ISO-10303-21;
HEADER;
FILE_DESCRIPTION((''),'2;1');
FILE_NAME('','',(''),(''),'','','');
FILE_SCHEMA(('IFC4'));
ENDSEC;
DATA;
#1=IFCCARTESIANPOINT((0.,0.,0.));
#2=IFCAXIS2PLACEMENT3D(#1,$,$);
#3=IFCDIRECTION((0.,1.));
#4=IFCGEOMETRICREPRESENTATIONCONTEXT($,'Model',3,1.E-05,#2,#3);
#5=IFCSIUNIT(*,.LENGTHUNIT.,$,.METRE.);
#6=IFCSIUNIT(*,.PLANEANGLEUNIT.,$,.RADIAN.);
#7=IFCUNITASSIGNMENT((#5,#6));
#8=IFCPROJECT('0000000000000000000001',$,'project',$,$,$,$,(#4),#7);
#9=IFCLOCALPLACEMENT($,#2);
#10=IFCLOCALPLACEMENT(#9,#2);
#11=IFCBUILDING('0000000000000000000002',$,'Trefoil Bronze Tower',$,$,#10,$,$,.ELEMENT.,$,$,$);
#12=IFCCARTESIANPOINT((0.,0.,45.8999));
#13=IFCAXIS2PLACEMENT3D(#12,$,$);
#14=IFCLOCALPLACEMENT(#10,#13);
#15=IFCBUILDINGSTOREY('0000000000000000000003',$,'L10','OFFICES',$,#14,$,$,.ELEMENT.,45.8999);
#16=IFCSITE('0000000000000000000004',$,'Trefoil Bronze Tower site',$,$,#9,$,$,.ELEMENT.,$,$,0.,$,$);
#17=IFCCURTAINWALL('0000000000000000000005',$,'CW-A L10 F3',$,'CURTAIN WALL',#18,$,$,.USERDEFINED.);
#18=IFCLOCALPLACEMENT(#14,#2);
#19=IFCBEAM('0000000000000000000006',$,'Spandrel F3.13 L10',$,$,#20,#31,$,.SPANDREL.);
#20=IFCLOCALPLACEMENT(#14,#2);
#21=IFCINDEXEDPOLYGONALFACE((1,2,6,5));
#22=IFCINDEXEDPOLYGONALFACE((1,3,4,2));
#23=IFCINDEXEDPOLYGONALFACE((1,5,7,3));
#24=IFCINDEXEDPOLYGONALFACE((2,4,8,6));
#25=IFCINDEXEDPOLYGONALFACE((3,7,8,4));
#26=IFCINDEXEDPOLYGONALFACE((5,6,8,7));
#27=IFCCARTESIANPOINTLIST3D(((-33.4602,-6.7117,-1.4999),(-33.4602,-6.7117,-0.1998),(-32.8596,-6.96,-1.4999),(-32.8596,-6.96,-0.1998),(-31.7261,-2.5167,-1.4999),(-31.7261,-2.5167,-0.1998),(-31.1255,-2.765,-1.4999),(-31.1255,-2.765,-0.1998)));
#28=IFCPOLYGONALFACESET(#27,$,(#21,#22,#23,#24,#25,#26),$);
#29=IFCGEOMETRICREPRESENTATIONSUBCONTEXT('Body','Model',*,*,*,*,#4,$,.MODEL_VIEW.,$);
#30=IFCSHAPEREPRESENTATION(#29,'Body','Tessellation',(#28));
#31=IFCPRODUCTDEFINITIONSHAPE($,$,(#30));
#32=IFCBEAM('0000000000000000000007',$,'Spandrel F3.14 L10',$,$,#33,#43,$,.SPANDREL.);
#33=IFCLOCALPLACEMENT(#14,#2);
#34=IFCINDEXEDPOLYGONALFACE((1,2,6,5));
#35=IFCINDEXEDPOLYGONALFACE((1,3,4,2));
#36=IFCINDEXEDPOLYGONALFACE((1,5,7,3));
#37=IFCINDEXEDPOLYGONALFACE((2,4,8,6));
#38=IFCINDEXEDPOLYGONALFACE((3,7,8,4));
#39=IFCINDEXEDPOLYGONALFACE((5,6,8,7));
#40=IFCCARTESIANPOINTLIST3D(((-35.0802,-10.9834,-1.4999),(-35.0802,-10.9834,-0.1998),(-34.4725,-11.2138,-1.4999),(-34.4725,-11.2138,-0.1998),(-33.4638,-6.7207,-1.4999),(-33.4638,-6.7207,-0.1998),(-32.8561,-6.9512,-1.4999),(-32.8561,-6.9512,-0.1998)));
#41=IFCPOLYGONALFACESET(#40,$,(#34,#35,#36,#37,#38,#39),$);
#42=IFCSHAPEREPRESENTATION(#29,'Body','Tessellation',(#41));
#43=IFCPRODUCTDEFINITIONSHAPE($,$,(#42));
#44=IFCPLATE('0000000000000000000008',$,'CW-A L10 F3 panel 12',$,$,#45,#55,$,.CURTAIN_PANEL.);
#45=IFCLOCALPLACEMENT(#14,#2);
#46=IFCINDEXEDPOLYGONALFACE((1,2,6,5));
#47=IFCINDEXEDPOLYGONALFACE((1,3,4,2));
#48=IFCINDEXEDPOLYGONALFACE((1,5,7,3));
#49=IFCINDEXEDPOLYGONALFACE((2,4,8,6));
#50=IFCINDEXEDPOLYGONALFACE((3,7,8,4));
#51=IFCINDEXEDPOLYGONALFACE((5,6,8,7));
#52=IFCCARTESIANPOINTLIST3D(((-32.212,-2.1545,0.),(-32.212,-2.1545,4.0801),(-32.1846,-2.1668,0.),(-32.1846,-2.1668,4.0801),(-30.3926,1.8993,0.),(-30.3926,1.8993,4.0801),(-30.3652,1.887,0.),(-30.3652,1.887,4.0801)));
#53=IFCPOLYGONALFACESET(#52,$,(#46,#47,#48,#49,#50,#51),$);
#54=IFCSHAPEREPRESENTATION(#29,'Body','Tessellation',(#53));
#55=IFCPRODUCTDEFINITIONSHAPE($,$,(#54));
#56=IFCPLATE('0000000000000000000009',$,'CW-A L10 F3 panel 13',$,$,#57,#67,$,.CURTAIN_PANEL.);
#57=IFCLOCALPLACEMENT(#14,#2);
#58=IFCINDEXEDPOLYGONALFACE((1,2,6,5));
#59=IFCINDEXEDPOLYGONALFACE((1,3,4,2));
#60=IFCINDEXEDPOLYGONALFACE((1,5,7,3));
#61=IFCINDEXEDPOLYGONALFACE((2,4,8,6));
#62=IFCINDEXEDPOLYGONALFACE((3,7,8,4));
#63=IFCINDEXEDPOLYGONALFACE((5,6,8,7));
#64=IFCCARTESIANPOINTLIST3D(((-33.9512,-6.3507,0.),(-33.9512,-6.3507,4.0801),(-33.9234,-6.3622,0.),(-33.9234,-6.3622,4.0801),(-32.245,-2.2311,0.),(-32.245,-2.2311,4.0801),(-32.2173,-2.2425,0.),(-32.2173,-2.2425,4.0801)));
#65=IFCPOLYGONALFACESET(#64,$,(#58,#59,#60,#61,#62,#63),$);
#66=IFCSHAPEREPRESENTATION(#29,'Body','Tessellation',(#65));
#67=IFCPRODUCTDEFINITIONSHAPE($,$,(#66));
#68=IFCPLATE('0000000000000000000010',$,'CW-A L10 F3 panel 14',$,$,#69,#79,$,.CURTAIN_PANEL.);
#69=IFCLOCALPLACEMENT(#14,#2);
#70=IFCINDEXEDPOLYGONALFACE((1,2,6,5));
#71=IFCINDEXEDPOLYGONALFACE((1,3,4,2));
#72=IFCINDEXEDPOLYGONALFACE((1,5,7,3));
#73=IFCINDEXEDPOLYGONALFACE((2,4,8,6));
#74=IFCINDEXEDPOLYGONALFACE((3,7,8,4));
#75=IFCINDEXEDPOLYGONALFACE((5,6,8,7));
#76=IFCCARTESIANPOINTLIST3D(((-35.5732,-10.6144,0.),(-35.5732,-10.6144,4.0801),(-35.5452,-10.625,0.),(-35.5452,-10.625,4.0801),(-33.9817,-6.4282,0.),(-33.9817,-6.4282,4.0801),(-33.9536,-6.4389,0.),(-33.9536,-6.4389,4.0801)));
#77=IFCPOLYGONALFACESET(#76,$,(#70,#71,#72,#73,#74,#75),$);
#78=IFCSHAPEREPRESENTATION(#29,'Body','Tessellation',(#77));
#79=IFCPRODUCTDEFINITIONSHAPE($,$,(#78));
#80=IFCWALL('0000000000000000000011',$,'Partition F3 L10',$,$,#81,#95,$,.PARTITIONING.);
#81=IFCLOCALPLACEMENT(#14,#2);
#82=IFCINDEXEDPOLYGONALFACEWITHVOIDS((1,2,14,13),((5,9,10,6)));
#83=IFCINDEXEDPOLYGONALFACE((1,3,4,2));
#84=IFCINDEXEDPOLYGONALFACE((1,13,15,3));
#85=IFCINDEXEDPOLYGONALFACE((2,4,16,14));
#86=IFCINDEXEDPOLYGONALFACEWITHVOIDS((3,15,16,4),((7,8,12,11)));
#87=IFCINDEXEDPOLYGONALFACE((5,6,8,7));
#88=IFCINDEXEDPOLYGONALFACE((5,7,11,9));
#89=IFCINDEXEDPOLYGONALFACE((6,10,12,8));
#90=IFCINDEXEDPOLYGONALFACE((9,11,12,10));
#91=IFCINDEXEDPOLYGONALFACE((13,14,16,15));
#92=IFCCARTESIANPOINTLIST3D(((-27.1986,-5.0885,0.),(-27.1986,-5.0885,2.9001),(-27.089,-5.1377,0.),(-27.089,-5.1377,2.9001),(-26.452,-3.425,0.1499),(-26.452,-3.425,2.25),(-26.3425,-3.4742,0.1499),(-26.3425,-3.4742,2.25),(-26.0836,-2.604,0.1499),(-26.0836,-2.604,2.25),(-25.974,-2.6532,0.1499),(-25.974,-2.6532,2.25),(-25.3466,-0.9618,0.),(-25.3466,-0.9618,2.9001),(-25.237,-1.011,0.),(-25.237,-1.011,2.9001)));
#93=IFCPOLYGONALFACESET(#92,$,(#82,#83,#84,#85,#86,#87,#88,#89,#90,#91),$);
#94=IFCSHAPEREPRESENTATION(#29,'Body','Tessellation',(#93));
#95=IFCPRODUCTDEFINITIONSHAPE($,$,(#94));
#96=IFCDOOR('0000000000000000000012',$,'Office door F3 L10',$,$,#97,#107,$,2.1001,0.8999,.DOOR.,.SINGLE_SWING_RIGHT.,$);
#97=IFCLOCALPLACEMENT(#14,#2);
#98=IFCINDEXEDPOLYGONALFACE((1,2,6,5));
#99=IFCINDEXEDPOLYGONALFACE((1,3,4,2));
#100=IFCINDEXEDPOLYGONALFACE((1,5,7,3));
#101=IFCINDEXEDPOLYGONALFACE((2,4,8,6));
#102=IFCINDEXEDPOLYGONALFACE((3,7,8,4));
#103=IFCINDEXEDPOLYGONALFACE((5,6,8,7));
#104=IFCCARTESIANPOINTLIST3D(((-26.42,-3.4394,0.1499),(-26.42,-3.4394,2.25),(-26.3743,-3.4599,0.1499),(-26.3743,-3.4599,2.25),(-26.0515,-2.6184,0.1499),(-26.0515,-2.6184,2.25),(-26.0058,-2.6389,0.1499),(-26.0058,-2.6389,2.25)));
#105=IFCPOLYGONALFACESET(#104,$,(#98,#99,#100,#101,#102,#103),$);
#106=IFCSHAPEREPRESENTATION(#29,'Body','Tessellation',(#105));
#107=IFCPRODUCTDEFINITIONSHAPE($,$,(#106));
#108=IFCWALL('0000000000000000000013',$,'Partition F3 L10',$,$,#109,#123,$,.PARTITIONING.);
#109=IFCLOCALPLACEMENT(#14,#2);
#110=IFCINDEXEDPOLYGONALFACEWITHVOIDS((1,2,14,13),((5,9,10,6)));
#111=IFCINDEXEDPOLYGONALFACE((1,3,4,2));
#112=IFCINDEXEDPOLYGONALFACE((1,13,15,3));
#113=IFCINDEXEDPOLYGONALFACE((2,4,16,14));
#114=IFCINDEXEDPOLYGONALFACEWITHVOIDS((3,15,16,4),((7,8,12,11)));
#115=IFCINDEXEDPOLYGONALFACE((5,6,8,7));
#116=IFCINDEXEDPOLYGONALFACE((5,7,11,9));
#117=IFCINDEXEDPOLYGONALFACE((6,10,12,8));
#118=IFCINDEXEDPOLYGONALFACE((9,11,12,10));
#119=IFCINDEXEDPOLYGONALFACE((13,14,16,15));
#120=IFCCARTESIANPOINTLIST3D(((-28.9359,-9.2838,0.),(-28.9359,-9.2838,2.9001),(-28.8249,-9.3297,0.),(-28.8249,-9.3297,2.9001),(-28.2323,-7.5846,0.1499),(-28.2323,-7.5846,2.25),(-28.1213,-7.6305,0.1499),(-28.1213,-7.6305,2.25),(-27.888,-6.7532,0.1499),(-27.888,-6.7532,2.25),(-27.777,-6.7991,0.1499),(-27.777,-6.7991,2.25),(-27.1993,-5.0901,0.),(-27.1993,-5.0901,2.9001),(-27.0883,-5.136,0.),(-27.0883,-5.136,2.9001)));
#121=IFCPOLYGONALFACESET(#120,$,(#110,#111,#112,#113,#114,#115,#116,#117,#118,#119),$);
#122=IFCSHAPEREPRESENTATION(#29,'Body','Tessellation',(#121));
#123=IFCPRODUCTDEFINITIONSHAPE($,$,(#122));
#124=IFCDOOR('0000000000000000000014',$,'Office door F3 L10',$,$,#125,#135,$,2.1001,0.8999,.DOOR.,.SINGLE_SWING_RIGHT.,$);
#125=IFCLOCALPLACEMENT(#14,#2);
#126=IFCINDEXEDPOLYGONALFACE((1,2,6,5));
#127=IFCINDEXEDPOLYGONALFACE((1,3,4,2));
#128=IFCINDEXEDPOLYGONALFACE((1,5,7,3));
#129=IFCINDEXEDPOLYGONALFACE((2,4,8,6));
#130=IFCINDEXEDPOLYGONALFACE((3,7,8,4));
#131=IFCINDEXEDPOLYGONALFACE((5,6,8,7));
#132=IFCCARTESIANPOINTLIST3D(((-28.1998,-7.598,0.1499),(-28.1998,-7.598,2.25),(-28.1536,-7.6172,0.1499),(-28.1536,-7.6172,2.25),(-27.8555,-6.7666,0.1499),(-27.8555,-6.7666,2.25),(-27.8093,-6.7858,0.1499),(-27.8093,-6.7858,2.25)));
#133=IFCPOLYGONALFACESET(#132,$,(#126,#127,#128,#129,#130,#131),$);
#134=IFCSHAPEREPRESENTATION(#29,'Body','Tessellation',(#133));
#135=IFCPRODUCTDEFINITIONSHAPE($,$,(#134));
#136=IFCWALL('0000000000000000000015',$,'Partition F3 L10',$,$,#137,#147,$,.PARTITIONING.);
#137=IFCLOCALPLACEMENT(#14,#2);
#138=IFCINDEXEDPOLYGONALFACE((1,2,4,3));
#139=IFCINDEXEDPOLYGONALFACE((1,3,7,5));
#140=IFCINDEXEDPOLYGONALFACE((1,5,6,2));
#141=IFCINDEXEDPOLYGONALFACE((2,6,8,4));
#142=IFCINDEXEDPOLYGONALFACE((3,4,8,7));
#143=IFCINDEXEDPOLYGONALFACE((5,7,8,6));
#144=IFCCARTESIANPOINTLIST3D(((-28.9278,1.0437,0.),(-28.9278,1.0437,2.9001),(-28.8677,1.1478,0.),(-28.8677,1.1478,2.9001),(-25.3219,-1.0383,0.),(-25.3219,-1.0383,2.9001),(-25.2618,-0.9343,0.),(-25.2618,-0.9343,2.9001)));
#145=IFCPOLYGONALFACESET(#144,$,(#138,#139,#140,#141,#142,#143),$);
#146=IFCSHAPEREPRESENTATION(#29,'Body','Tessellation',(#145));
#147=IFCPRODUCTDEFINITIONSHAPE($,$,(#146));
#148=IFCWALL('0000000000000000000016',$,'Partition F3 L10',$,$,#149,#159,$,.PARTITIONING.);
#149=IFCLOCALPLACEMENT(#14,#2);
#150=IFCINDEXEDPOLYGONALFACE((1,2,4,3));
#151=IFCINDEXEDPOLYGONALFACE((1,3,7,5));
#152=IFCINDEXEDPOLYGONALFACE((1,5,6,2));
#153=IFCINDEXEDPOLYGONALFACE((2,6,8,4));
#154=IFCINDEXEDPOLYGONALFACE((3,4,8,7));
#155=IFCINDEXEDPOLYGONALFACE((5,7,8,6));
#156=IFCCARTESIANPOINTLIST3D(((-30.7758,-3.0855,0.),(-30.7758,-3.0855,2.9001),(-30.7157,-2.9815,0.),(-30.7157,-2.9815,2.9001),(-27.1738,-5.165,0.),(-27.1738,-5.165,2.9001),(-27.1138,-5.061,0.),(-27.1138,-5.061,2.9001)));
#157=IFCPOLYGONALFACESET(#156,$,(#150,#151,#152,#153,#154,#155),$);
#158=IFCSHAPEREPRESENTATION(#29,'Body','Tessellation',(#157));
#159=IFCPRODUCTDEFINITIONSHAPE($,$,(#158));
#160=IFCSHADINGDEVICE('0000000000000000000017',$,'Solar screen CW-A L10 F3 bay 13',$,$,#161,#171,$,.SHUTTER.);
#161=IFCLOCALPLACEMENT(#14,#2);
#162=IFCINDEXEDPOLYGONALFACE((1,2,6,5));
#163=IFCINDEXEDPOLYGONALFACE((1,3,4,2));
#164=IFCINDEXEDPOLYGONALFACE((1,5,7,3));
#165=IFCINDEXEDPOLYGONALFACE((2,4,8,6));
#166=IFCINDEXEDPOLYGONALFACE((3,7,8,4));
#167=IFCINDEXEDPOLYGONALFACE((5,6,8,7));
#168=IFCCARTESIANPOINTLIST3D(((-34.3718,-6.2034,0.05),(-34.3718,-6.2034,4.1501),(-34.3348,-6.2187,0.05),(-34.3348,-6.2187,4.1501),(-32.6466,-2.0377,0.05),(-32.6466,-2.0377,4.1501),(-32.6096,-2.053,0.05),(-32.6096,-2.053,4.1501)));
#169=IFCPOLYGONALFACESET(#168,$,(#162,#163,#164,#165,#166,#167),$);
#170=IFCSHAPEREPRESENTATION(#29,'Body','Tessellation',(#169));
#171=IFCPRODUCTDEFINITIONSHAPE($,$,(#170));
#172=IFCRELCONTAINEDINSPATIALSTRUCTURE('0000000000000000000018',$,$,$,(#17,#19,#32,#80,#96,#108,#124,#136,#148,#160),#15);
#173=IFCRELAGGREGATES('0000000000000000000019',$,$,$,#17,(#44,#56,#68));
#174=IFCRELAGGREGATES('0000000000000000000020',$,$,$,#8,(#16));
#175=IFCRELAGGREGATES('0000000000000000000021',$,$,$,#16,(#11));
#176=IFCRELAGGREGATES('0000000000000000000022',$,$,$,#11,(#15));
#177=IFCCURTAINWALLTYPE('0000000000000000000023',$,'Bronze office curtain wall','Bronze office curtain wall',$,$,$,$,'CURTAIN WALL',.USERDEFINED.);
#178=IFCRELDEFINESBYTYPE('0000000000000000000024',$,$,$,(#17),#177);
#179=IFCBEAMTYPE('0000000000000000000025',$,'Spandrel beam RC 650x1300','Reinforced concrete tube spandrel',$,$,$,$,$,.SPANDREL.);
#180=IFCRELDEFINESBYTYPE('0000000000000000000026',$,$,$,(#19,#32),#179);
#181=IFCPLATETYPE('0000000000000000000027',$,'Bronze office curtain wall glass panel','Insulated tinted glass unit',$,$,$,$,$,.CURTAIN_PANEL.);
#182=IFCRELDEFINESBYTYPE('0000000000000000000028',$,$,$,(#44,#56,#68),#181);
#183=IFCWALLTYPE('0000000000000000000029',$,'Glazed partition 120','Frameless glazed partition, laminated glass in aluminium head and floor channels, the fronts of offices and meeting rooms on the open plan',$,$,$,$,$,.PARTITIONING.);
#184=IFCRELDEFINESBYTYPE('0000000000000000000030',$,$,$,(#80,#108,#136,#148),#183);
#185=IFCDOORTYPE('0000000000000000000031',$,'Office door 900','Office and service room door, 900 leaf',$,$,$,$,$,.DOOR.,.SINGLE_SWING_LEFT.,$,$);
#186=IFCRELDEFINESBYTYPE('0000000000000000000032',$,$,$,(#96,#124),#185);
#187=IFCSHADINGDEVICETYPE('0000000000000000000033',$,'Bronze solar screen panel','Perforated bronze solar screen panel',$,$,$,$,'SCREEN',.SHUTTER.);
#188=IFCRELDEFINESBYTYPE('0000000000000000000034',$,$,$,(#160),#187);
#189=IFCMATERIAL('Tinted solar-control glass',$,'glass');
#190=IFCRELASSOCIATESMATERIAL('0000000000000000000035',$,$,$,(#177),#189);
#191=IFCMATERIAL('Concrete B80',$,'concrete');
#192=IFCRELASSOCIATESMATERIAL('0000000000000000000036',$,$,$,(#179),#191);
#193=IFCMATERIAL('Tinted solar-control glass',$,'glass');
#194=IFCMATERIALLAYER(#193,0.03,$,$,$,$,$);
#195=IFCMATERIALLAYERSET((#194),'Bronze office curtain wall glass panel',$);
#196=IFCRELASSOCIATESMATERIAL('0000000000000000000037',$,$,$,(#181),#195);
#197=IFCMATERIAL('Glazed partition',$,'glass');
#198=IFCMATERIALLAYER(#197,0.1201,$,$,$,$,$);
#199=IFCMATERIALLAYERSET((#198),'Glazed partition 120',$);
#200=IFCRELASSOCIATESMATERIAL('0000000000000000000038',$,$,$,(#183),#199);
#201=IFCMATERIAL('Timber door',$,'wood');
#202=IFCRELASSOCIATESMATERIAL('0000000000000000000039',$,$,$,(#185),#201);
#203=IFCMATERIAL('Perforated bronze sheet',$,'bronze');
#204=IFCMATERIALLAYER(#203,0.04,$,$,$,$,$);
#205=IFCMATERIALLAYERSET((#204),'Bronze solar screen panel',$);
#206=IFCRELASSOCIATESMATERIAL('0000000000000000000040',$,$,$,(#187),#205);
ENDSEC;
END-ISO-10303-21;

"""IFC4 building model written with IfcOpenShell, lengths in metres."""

from ifc_helpers import new_model, si_unit, direction, frame, frame_2d, origin, origin_2d, place, context, subcontext, project, spatial, rectangle, extrude, material, layer, layer_set, material_profile, profile_set, type_object, element, fill, aggregate, save


model = new_model("IFC4")

# Units and contexts
model_context = context("Model", 3, precision=1e-05, world=origin(), true_north=direction((0.0, 1.0)))
body_context = subcontext(model_context, "Body", "Model", "MODEL_VIEW")
ifc_project = project(units=[si_unit("LENGTHUNIT", "METRE"), si_unit("PLANEANGLEUNIT", "RADIAN")], contexts=[model_context])

# Site, building, storey
site_placement = place(None, origin())
site = spatial("IfcSite", under=ifc_project, at=site_placement, Name="Trefoil Bronze Tower site", CompositionType="ELEMENT", RefElevation=0.0)
building_placement = place(site_placement, origin())
building = spatial("IfcBuilding", under=site, at=building_placement, Name="Trefoil Bronze Tower", CompositionType="ELEMENT")
storey_placement = place(building_placement, frame((0.0, 0.0, 45.8999)))
storey = spatial("IfcBuildingStorey", under=building, at=storey_placement, Name="L10", Description="OFFICES", CompositionType="ELEMENT", Elevation=45.8999)

# Curtain wall
ifc_material_1 = material(Name="Tinted solar-control glass", Category="glass")
curtain_wall_type = type_object("IfcCurtainWallType", Name="Bronze office curtain wall", Description="Bronze office curtain wall", ElementType="CURTAIN WALL", PredefinedType="USERDEFINED", material=ifc_material_1)
curtain_wall_placement = place(storey_placement, origin())
curtain_wall = element("IfcCurtainWall", 1, at=curtain_wall_placement, inside=storey, type_object=curtain_wall_type, Name="CW-A L10 F3", ObjectType="CURTAIN WALL", PredefinedType="USERDEFINED")

# Beams
ifc_material_2 = material(Name="Concrete B80", Category="concrete")
ifc_material_profile_1 = material_profile(ifc_material_2, rectangle(XDim=0.6499, YDim=1.3, at=origin_2d()), Name="RC 650x1300")
ifc_profile_set_1 = profile_set([ifc_material_profile_1], Name="Concrete B80")
beam_type_1 = type_object("IfcBeamType", Name="Spandrel beam RC 650x1300", Description="Reinforced concrete tube spandrel", PredefinedType="SPANDREL", material=ifc_profile_set_1)
beam_1_placement = place(storey_placement, frame((-31.4258, -2.6409, -0.8499), z_axis=(-0.382021, -0.924154, 0.0), x_axis=(0.924154, -0.382021, 0.0)))
element("IfcBeam", 2, at=beam_1_placement, inside=storey, type_object=beam_type_1, Name="Spandrel F3.13 L10", PredefinedType="SPANDREL", context=body_context, shape_type="SweptSolid", body=[
    extrude(rectangle(XDim=0.6499, YDim=1.3, at=origin_2d()), origin(), (0.0, 0.0, 1.0), 4.5393),
])
beam_2_placement = place(storey_placement, frame((-33.1599, -6.8359, -0.8499), z_axis=(-0.354572, -0.935029, 0.0), x_axis=(0.935029, -0.354572, 0.0)))
element("IfcBeam", 3, at=beam_2_placement, inside=storey, type_object=beam_type_1, Name="Spandrel F3.14 L10", PredefinedType="SPANDREL", context=body_context, shape_type="SweptSolid", body=[
    extrude(rectangle(XDim=0.6499, YDim=1.3, at=origin_2d()), origin(), (0.0, 0.0, 1.0), 4.5588),
])

# Plates
ifc_material_3 = material(Name="Tinted solar-control glass", Category="glass")
ifc_layer_1 = layer(ifc_material_3, 0.03)
ifc_layer_set_1 = layer_set([ifc_layer_1], Name="Bronze office curtain wall glass panel")
plate_type = type_object("IfcPlateType", Name="Bronze office curtain wall glass panel", Description="Insulated tinted glass unit", PredefinedType="CURTAIN_PANEL", material=ifc_layer_set_1)
plate_1_placement = place(storey_placement, frame((-31.2886, -0.1338, 0.0), z_axis=(0.0, 0.0, 1.0), x_axis=(-0.409456, -0.91233, 0.0)))
plate_1 = element("IfcPlate", 4, at=plate_1_placement, type_object=plate_type, Name="CW-A L10 F3 panel 12", PredefinedType="CURTAIN_PANEL", context=body_context, shape_type="SweptSolid", body=[
    extrude(rectangle(XDim=4.4434, YDim=0.03, at=origin_2d()), origin(), (0.0, 0.0, 1.0), 4.0801),
])
plate_2_placement = place(storey_placement, frame((-33.0842, -4.2966, 0.0), z_axis=(0.0, 0.0, 1.0), x_axis=(-0.38263, -0.923902, 0.0)))
plate_2 = element("IfcPlate", 5, at=plate_2_placement, type_object=plate_type, Name="CW-A L10 F3 panel 13", PredefinedType="CURTAIN_PANEL", context=body_context, shape_type="SweptSolid", body=[
    extrude(rectangle(XDim=4.459, YDim=0.03, at=origin_2d()), origin(), (0.0, 0.0, 1.0), 4.0801),
])
plate_3_placement = place(storey_placement, frame((-34.7634, -8.5266, 0.0), z_axis=(0.0, 0.0, 1.0), x_axis=(-0.355371, -0.934725, 0.0)))
plate_3 = element("IfcPlate", 6, at=plate_3_placement, type_object=plate_type, Name="CW-A L10 F3 panel 14", PredefinedType="CURTAIN_PANEL", context=body_context, shape_type="SweptSolid", body=[
    extrude(rectangle(XDim=4.4785, YDim=0.03, at=origin_2d()), origin(), (0.0, 0.0, 1.0), 4.0801),
])
aggregate(curtain_wall, [plate_1, plate_2, plate_3])

# Walls, openings, doors
ifc_material_4 = material(Name="Glazed partition", Category="glass")
ifc_layer_2 = layer(ifc_material_4, 0.1201)
ifc_layer_set_2 = layer_set([ifc_layer_2], Name="Glazed partition 120")
wall_type = type_object("IfcWallType", Name="Glazed partition 120", Description="Frameless glazed partition, laminated glass in aluminium head and floor channels, the fronts of offices and meeting rooms on the open plan", PredefinedType="PARTITIONING", material=ifc_layer_set_2)
wall_1_placement = place(storey_placement, frame((-25.2917, -0.9863, 0.0), z_axis=(0.0, 0.0, 1.0), x_axis=(-0.409451, -0.912332, 0.0)))
wall_1 = element("IfcWall", 7, at=wall_1_placement, inside=storey, type_object=wall_type, Name="Partition F3 L10", PredefinedType="PARTITIONING", context=body_context, shape_type="SweptSolid", body=[
    extrude(rectangle(XDim=4.5232, YDim=0.1201, at=frame_2d((2.2617, 0.0))), origin(), (0.0, 0.0, 1.0), 2.9001),
])
opening_1_placement = place(wall_1_placement, frame((1.8, 0.0, 0.1499)))
opening_1 = element("IfcOpeningElement", 8, at=opening_1_placement, cuts=wall_1, PredefinedType="OPENING", context=body_context, shape_type="SweptSolid", body=[
    extrude(rectangle(XDim=0.8999, YDim=2.1001, at=frame_2d((0.45, 1.05))), frame((0.0, 0.0701, 0.0), z_axis=(0.0, -1.0, 0.0), x_axis=(1.0, 0.0, 0.0)), (0.0, 0.0, 1.0), 0.1401),
])
ifc_material_5 = material(Name="Timber door", Category="wood")
door_type = type_object("IfcDoorType", Name="Office door 900", Description="Office and service room door, 900 leaf", OperationType="SINGLE_SWING_LEFT", PredefinedType="DOOR", material=ifc_material_5)
door_1_placement = place(opening_1_placement, frame((0.8999, 0.0, 0.0), z_axis=(0.0, 0.0, 1.0), x_axis=(-1.0, 0.0, 0.0)))
door_1 = element("IfcDoor", 9, at=door_1_placement, inside=storey, type_object=door_type, Name="Office door F3 L10", OperationType="SINGLE_SWING_RIGHT", OverallHeight=2.1001, OverallWidth=0.8999, PredefinedType="DOOR", context=body_context, shape_type="SweptSolid", body=[
    extrude(rectangle(XDim=0.8999, YDim=2.1001, at=frame_2d((0.45, 1.05))), frame((0.0, 0.0249, 0.0), z_axis=(0.0, -1.0, 0.0), x_axis=(1.0, 0.0, 0.0)), (0.0, 0.0, 1.0), 0.05),
])
fill(opening_1, door_1)
wall_2_placement = place(storey_placement, frame((-27.1438, -5.113, 0.0), z_axis=(0.0, 0.0, 1.0), x_axis=(-0.382594, -0.923917, 0.0)))
wall_2 = element("IfcWall", 10, at=wall_2_placement, inside=storey, type_object=wall_type, Name="Partition F3 L10", PredefinedType="PARTITIONING", context=body_context, shape_type="SweptSolid", body=[
    extrude(rectangle(XDim=4.5391, YDim=0.1201, at=frame_2d((2.2695, 0.0))), origin(), (0.0, 0.0, 1.0), 2.9001),
])
opening_2_placement = place(wall_2_placement, frame((1.8, 0.0, 0.1499)))
opening_2 = element("IfcOpeningElement", 11, at=opening_2_placement, cuts=wall_2, PredefinedType="OPENING", context=body_context, shape_type="SweptSolid", body=[
    extrude(rectangle(XDim=0.8999, YDim=2.1001, at=frame_2d((0.45, 1.05))), frame((0.0, 0.0701, 0.0), z_axis=(0.0, -1.0, 0.0), x_axis=(1.0, 0.0, 0.0)), (0.0, 0.0, 1.0), 0.1401),
])
door_2_placement = place(opening_2_placement, frame((0.8999, 0.0, 0.0), z_axis=(0.0, 0.0, 1.0), x_axis=(-1.0, 0.0, 0.0)))
door_2 = element("IfcDoor", 12, at=door_2_placement, inside=storey, type_object=door_type, Name="Office door F3 L10", OperationType="SINGLE_SWING_RIGHT", OverallHeight=2.1001, OverallWidth=0.8999, PredefinedType="DOOR", context=body_context, shape_type="SweptSolid", body=[
    extrude(rectangle(XDim=0.8999, YDim=2.1001, at=frame_2d((0.45, 1.05))), frame((0.0, 0.0249, 0.0), z_axis=(0.0, -1.0, 0.0), x_axis=(1.0, 0.0, 0.0)), (0.0, 0.0, 1.0), 0.05),
])
fill(opening_2, door_2)

# Walls
wall_3_placement = place(storey_placement, frame((-25.2917, -0.9863, 0.0), z_axis=(0.0, 0.0, 1.0), x_axis=(-0.866012, 0.500024, 0.0)))
element("IfcWall", 13, at=wall_3_placement, inside=storey, type_object=wall_type, Name="Partition F3 L10", PredefinedType="PARTITIONING", context=body_context, shape_type="SweptSolid", body=[
    extrude(rectangle(XDim=4.1638, YDim=0.1201, at=frame_2d((2.082, 0.0))), origin(), (0.0, 0.0, 1.0), 2.9001),
])
wall_4_placement = place(storey_placement, frame((-27.1438, -5.113, 0.0), z_axis=(0.0, 0.0, 1.0), x_axis=(-0.866031, 0.49999, 0.0)))
element("IfcWall", 14, at=wall_4_placement, inside=storey, type_object=wall_type, Name="Partition F3 L10", PredefinedType="PARTITIONING", context=body_context, shape_type="SweptSolid", body=[
    extrude(rectangle(XDim=4.1592, YDim=0.1201, at=frame_2d((2.0796, 0.0))), origin(), (0.0, 0.0, 1.0), 2.9001),
])

# Shading device
ifc_material_6 = material(Name="Perforated bronze sheet", Category="bronze")
ifc_layer_3 = layer(ifc_material_6, 0.04)
ifc_layer_set_3 = layer_set([ifc_layer_3], Name="Bronze solar screen panel")
shading_device_type = type_object("IfcShadingDeviceType", Name="Bronze solar screen panel", Description="Perforated bronze solar screen panel", ElementType="SCREEN", PredefinedType="SHUTTER", material=ifc_layer_set_3)
shading_device_1_placement = place(storey_placement, frame((-33.4907, -4.1282, 0.05), z_axis=(0.0, 0.0, 1.0), x_axis=(-0.38263, -0.923902, 0.0)))
element("IfcShadingDevice", 15, at=shading_device_1_placement, inside=storey, type_object=shading_device_type, Name="Solar screen CW-A L10 F3 bay 13", PredefinedType="SHUTTER", context=body_context, shape_type="SweptSolid", body=[
    extrude(rectangle(XDim=4.5088, YDim=0.04, at=origin_2d()), origin(), (0.0, 0.0, 1.0), 4.1001),
])

save(model, "model.ifc")
